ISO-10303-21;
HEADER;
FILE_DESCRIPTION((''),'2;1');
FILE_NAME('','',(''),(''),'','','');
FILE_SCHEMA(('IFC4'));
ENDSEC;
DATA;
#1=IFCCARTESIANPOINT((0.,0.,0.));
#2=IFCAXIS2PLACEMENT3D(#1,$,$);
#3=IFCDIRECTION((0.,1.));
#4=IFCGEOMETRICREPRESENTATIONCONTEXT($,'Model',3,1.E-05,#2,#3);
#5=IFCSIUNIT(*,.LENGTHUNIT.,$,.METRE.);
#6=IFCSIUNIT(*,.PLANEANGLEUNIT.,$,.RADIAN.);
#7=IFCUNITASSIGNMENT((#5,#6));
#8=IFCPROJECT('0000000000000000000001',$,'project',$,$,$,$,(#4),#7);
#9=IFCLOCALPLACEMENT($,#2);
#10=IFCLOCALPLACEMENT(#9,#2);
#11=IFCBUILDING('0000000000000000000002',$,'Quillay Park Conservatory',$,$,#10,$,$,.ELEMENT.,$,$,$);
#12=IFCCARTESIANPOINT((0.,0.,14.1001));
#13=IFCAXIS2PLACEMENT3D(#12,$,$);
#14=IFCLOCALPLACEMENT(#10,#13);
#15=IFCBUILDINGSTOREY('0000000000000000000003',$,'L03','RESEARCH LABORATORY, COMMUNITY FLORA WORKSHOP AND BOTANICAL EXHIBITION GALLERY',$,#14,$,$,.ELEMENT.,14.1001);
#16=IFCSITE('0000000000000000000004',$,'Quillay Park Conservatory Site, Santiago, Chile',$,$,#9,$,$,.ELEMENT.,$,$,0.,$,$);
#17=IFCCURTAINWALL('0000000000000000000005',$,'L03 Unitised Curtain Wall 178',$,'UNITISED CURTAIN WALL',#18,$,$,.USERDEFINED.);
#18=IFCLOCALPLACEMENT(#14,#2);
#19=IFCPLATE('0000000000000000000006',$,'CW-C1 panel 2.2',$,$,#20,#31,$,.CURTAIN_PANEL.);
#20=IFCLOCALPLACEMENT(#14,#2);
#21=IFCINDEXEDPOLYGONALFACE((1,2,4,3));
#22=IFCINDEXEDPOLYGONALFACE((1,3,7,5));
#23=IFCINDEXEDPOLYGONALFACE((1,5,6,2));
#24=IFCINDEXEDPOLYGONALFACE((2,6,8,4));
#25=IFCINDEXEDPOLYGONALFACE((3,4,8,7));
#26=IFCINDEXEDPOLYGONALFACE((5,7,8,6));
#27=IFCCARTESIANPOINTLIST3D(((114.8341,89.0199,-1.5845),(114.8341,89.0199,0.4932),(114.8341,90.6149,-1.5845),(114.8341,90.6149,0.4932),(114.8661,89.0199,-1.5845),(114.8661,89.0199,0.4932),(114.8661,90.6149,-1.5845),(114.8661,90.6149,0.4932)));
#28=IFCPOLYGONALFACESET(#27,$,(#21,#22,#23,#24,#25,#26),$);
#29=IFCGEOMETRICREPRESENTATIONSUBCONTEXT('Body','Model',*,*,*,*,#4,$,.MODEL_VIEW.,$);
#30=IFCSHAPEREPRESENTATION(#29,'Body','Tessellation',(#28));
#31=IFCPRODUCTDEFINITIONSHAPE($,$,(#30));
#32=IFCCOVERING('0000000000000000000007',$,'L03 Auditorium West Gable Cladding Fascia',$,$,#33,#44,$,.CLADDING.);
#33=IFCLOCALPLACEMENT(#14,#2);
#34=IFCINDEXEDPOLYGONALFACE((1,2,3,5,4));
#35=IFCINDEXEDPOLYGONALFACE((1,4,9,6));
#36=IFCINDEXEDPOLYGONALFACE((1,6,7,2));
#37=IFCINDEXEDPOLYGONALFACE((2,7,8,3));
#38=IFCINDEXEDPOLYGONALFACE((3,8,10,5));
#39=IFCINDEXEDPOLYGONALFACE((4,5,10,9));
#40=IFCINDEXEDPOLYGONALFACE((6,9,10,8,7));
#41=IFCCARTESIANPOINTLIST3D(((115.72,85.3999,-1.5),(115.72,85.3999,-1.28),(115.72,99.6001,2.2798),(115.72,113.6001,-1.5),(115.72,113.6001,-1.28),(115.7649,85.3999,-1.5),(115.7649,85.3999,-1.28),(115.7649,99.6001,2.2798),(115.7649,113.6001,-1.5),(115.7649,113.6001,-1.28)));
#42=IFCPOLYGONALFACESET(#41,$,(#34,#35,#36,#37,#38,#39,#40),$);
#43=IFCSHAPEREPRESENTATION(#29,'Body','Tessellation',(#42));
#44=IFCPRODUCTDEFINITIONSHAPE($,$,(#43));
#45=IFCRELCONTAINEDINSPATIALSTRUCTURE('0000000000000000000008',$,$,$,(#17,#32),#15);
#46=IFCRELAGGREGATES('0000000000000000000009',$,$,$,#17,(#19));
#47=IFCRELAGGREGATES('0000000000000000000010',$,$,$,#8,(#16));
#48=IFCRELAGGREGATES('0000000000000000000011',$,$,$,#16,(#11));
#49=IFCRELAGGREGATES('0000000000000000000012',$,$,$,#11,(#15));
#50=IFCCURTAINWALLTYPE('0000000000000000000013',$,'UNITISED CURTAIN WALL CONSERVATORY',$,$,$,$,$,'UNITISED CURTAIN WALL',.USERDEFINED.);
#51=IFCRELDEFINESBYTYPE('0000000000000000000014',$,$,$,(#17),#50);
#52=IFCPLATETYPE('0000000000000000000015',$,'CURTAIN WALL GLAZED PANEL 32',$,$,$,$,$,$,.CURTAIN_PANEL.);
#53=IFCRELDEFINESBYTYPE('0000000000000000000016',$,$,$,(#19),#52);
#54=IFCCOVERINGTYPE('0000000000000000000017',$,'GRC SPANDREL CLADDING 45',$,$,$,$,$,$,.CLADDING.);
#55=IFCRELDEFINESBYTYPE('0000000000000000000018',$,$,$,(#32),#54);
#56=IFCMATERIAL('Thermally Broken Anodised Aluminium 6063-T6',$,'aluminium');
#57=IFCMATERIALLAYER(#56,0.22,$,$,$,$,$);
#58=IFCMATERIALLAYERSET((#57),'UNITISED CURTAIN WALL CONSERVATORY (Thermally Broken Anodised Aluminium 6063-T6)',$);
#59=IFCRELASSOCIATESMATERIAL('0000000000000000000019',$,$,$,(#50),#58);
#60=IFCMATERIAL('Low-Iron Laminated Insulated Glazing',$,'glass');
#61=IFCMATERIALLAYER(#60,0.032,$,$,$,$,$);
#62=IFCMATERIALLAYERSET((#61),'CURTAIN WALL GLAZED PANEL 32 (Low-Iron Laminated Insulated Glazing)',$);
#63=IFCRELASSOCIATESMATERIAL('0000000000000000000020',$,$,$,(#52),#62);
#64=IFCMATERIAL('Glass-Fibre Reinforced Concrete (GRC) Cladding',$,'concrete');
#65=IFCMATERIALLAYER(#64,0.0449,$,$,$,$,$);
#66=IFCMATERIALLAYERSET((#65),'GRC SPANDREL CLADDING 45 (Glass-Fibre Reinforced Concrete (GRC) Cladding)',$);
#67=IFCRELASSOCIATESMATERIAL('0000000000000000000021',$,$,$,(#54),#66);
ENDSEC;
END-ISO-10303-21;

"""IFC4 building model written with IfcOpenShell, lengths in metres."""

from ifc_helpers import new_model, si_unit, direction, frame, origin, origin_2d, place, context, subcontext, project, spatial, polyline, rectangle, outline, extrude, material, layer, layer_set, type_object, element, aggregate, save


model = new_model("IFC4")

# Units and contexts
model_context = context("Model", 3, precision=1e-05, world=origin(), true_north=direction((0.0, 1.0)))
body_context = subcontext(model_context, "Body", "Model", "MODEL_VIEW")
ifc_project = project(units=[si_unit("LENGTHUNIT", "METRE"), si_unit("PLANEANGLEUNIT", "RADIAN")], contexts=[model_context])

# Site, building, storey
site_placement = place(None, origin())
site = spatial("IfcSite", under=ifc_project, at=site_placement, Name="Quillay Park Conservatory Site, Santiago, Chile", CompositionType="ELEMENT", RefElevation=0.0)
building_placement = place(site_placement, origin())
building = spatial("IfcBuilding", under=site, at=building_placement, Name="Quillay Park Conservatory", CompositionType="ELEMENT")
storey_placement = place(building_placement, frame((0.0, 0.0, 14.1001)))
storey = spatial("IfcBuildingStorey", under=building, at=storey_placement, Name="L03", Description="RESEARCH LABORATORY, COMMUNITY FLORA WORKSHOP AND BOTANICAL EXHIBITION GALLERY", CompositionType="ELEMENT", Elevation=14.1001)

# Curtain wall
ifc_material_1 = material(Name="Thermally Broken Anodised Aluminium 6063-T6", Category="aluminium")
ifc_layer_1 = layer(ifc_material_1, 0.22)
ifc_layer_set_1 = layer_set([ifc_layer_1], Name="UNITISED CURTAIN WALL CONSERVATORY (Thermally Broken Anodised Aluminium 6063-T6)")
curtain_wall_type = type_object("IfcCurtainWallType", Name="UNITISED CURTAIN WALL CONSERVATORY", ElementType="UNITISED CURTAIN WALL", PredefinedType="USERDEFINED", material=ifc_layer_set_1)
curtain_wall_1_placement = place(storey_placement, origin())
curtain_wall_1 = element("IfcCurtainWall", 1, at=curtain_wall_1_placement, inside=storey, type_object=curtain_wall_type, Name="L03 Unitised Curtain Wall 178", ObjectType="UNITISED CURTAIN WALL", PredefinedType="USERDEFINED")

# Plate
ifc_material_2 = material(Name="Low-Iron Laminated Insulated Glazing", Category="glass")
ifc_layer_2 = layer(ifc_material_2, 0.032)
ifc_layer_set_2 = layer_set([ifc_layer_2], Name="CURTAIN WALL GLAZED PANEL 32 (Low-Iron Laminated Insulated Glazing)")
plate_type = type_object("IfcPlateType", Name="CURTAIN WALL GLAZED PANEL 32", PredefinedType="CURTAIN_PANEL", material=ifc_layer_set_2)
plate_1_placement = place(storey_placement, frame((114.8501, 89.8174, -1.5845), z_axis=(0.0, 0.0, 1.0), x_axis=(0.0, -1.0, 0.0)))
plate_1 = element("IfcPlate", 2, at=plate_1_placement, type_object=plate_type, Name="CW-C1 panel 2.2", PredefinedType="CURTAIN_PANEL", context=body_context, shape_type="SweptSolid", body=[
    extrude(rectangle(XDim=1.595, YDim=0.032, at=origin_2d()), origin(), (0.0, 0.0, 1.0), 2.0776),
])
aggregate(curtain_wall_1, [plate_1])

# Covering
ifc_material_3 = material(Name="Glass-Fibre Reinforced Concrete (GRC) Cladding", Category="concrete")
ifc_layer_3 = layer(ifc_material_3, 0.0449)
ifc_layer_set_3 = layer_set([ifc_layer_3], Name="GRC SPANDREL CLADDING 45 (Glass-Fibre Reinforced Concrete (GRC) Cladding)")
covering_type = type_object("IfcCoveringType", Name="GRC SPANDREL CLADDING 45", PredefinedType="CLADDING", material=ifc_layer_set_3)
covering_1_placement = place(storey_placement, frame((115.72, 85.3999, -1.5), z_axis=(-1.0, 0.0, 0.0), x_axis=(0.0, 0.0, 1.0)))
element("IfcCovering", 3, at=covering_1_placement, inside=storey, type_object=covering_type, Name="L03 Auditorium West Gable Cladding Fascia", PredefinedType="CLADDING", context=body_context, shape_type="SweptSolid", body=[
    extrude(outline(polyline([(0.0, 0.0), (0.22, 0.0), (3.7798, 14.2002), (0.22, 28.2002), (0.0, 28.2002), (0.0, 0.0)])), origin(), (0.0, 0.0, -1.0), 0.0449),
])

save(model, "model.ifc")
